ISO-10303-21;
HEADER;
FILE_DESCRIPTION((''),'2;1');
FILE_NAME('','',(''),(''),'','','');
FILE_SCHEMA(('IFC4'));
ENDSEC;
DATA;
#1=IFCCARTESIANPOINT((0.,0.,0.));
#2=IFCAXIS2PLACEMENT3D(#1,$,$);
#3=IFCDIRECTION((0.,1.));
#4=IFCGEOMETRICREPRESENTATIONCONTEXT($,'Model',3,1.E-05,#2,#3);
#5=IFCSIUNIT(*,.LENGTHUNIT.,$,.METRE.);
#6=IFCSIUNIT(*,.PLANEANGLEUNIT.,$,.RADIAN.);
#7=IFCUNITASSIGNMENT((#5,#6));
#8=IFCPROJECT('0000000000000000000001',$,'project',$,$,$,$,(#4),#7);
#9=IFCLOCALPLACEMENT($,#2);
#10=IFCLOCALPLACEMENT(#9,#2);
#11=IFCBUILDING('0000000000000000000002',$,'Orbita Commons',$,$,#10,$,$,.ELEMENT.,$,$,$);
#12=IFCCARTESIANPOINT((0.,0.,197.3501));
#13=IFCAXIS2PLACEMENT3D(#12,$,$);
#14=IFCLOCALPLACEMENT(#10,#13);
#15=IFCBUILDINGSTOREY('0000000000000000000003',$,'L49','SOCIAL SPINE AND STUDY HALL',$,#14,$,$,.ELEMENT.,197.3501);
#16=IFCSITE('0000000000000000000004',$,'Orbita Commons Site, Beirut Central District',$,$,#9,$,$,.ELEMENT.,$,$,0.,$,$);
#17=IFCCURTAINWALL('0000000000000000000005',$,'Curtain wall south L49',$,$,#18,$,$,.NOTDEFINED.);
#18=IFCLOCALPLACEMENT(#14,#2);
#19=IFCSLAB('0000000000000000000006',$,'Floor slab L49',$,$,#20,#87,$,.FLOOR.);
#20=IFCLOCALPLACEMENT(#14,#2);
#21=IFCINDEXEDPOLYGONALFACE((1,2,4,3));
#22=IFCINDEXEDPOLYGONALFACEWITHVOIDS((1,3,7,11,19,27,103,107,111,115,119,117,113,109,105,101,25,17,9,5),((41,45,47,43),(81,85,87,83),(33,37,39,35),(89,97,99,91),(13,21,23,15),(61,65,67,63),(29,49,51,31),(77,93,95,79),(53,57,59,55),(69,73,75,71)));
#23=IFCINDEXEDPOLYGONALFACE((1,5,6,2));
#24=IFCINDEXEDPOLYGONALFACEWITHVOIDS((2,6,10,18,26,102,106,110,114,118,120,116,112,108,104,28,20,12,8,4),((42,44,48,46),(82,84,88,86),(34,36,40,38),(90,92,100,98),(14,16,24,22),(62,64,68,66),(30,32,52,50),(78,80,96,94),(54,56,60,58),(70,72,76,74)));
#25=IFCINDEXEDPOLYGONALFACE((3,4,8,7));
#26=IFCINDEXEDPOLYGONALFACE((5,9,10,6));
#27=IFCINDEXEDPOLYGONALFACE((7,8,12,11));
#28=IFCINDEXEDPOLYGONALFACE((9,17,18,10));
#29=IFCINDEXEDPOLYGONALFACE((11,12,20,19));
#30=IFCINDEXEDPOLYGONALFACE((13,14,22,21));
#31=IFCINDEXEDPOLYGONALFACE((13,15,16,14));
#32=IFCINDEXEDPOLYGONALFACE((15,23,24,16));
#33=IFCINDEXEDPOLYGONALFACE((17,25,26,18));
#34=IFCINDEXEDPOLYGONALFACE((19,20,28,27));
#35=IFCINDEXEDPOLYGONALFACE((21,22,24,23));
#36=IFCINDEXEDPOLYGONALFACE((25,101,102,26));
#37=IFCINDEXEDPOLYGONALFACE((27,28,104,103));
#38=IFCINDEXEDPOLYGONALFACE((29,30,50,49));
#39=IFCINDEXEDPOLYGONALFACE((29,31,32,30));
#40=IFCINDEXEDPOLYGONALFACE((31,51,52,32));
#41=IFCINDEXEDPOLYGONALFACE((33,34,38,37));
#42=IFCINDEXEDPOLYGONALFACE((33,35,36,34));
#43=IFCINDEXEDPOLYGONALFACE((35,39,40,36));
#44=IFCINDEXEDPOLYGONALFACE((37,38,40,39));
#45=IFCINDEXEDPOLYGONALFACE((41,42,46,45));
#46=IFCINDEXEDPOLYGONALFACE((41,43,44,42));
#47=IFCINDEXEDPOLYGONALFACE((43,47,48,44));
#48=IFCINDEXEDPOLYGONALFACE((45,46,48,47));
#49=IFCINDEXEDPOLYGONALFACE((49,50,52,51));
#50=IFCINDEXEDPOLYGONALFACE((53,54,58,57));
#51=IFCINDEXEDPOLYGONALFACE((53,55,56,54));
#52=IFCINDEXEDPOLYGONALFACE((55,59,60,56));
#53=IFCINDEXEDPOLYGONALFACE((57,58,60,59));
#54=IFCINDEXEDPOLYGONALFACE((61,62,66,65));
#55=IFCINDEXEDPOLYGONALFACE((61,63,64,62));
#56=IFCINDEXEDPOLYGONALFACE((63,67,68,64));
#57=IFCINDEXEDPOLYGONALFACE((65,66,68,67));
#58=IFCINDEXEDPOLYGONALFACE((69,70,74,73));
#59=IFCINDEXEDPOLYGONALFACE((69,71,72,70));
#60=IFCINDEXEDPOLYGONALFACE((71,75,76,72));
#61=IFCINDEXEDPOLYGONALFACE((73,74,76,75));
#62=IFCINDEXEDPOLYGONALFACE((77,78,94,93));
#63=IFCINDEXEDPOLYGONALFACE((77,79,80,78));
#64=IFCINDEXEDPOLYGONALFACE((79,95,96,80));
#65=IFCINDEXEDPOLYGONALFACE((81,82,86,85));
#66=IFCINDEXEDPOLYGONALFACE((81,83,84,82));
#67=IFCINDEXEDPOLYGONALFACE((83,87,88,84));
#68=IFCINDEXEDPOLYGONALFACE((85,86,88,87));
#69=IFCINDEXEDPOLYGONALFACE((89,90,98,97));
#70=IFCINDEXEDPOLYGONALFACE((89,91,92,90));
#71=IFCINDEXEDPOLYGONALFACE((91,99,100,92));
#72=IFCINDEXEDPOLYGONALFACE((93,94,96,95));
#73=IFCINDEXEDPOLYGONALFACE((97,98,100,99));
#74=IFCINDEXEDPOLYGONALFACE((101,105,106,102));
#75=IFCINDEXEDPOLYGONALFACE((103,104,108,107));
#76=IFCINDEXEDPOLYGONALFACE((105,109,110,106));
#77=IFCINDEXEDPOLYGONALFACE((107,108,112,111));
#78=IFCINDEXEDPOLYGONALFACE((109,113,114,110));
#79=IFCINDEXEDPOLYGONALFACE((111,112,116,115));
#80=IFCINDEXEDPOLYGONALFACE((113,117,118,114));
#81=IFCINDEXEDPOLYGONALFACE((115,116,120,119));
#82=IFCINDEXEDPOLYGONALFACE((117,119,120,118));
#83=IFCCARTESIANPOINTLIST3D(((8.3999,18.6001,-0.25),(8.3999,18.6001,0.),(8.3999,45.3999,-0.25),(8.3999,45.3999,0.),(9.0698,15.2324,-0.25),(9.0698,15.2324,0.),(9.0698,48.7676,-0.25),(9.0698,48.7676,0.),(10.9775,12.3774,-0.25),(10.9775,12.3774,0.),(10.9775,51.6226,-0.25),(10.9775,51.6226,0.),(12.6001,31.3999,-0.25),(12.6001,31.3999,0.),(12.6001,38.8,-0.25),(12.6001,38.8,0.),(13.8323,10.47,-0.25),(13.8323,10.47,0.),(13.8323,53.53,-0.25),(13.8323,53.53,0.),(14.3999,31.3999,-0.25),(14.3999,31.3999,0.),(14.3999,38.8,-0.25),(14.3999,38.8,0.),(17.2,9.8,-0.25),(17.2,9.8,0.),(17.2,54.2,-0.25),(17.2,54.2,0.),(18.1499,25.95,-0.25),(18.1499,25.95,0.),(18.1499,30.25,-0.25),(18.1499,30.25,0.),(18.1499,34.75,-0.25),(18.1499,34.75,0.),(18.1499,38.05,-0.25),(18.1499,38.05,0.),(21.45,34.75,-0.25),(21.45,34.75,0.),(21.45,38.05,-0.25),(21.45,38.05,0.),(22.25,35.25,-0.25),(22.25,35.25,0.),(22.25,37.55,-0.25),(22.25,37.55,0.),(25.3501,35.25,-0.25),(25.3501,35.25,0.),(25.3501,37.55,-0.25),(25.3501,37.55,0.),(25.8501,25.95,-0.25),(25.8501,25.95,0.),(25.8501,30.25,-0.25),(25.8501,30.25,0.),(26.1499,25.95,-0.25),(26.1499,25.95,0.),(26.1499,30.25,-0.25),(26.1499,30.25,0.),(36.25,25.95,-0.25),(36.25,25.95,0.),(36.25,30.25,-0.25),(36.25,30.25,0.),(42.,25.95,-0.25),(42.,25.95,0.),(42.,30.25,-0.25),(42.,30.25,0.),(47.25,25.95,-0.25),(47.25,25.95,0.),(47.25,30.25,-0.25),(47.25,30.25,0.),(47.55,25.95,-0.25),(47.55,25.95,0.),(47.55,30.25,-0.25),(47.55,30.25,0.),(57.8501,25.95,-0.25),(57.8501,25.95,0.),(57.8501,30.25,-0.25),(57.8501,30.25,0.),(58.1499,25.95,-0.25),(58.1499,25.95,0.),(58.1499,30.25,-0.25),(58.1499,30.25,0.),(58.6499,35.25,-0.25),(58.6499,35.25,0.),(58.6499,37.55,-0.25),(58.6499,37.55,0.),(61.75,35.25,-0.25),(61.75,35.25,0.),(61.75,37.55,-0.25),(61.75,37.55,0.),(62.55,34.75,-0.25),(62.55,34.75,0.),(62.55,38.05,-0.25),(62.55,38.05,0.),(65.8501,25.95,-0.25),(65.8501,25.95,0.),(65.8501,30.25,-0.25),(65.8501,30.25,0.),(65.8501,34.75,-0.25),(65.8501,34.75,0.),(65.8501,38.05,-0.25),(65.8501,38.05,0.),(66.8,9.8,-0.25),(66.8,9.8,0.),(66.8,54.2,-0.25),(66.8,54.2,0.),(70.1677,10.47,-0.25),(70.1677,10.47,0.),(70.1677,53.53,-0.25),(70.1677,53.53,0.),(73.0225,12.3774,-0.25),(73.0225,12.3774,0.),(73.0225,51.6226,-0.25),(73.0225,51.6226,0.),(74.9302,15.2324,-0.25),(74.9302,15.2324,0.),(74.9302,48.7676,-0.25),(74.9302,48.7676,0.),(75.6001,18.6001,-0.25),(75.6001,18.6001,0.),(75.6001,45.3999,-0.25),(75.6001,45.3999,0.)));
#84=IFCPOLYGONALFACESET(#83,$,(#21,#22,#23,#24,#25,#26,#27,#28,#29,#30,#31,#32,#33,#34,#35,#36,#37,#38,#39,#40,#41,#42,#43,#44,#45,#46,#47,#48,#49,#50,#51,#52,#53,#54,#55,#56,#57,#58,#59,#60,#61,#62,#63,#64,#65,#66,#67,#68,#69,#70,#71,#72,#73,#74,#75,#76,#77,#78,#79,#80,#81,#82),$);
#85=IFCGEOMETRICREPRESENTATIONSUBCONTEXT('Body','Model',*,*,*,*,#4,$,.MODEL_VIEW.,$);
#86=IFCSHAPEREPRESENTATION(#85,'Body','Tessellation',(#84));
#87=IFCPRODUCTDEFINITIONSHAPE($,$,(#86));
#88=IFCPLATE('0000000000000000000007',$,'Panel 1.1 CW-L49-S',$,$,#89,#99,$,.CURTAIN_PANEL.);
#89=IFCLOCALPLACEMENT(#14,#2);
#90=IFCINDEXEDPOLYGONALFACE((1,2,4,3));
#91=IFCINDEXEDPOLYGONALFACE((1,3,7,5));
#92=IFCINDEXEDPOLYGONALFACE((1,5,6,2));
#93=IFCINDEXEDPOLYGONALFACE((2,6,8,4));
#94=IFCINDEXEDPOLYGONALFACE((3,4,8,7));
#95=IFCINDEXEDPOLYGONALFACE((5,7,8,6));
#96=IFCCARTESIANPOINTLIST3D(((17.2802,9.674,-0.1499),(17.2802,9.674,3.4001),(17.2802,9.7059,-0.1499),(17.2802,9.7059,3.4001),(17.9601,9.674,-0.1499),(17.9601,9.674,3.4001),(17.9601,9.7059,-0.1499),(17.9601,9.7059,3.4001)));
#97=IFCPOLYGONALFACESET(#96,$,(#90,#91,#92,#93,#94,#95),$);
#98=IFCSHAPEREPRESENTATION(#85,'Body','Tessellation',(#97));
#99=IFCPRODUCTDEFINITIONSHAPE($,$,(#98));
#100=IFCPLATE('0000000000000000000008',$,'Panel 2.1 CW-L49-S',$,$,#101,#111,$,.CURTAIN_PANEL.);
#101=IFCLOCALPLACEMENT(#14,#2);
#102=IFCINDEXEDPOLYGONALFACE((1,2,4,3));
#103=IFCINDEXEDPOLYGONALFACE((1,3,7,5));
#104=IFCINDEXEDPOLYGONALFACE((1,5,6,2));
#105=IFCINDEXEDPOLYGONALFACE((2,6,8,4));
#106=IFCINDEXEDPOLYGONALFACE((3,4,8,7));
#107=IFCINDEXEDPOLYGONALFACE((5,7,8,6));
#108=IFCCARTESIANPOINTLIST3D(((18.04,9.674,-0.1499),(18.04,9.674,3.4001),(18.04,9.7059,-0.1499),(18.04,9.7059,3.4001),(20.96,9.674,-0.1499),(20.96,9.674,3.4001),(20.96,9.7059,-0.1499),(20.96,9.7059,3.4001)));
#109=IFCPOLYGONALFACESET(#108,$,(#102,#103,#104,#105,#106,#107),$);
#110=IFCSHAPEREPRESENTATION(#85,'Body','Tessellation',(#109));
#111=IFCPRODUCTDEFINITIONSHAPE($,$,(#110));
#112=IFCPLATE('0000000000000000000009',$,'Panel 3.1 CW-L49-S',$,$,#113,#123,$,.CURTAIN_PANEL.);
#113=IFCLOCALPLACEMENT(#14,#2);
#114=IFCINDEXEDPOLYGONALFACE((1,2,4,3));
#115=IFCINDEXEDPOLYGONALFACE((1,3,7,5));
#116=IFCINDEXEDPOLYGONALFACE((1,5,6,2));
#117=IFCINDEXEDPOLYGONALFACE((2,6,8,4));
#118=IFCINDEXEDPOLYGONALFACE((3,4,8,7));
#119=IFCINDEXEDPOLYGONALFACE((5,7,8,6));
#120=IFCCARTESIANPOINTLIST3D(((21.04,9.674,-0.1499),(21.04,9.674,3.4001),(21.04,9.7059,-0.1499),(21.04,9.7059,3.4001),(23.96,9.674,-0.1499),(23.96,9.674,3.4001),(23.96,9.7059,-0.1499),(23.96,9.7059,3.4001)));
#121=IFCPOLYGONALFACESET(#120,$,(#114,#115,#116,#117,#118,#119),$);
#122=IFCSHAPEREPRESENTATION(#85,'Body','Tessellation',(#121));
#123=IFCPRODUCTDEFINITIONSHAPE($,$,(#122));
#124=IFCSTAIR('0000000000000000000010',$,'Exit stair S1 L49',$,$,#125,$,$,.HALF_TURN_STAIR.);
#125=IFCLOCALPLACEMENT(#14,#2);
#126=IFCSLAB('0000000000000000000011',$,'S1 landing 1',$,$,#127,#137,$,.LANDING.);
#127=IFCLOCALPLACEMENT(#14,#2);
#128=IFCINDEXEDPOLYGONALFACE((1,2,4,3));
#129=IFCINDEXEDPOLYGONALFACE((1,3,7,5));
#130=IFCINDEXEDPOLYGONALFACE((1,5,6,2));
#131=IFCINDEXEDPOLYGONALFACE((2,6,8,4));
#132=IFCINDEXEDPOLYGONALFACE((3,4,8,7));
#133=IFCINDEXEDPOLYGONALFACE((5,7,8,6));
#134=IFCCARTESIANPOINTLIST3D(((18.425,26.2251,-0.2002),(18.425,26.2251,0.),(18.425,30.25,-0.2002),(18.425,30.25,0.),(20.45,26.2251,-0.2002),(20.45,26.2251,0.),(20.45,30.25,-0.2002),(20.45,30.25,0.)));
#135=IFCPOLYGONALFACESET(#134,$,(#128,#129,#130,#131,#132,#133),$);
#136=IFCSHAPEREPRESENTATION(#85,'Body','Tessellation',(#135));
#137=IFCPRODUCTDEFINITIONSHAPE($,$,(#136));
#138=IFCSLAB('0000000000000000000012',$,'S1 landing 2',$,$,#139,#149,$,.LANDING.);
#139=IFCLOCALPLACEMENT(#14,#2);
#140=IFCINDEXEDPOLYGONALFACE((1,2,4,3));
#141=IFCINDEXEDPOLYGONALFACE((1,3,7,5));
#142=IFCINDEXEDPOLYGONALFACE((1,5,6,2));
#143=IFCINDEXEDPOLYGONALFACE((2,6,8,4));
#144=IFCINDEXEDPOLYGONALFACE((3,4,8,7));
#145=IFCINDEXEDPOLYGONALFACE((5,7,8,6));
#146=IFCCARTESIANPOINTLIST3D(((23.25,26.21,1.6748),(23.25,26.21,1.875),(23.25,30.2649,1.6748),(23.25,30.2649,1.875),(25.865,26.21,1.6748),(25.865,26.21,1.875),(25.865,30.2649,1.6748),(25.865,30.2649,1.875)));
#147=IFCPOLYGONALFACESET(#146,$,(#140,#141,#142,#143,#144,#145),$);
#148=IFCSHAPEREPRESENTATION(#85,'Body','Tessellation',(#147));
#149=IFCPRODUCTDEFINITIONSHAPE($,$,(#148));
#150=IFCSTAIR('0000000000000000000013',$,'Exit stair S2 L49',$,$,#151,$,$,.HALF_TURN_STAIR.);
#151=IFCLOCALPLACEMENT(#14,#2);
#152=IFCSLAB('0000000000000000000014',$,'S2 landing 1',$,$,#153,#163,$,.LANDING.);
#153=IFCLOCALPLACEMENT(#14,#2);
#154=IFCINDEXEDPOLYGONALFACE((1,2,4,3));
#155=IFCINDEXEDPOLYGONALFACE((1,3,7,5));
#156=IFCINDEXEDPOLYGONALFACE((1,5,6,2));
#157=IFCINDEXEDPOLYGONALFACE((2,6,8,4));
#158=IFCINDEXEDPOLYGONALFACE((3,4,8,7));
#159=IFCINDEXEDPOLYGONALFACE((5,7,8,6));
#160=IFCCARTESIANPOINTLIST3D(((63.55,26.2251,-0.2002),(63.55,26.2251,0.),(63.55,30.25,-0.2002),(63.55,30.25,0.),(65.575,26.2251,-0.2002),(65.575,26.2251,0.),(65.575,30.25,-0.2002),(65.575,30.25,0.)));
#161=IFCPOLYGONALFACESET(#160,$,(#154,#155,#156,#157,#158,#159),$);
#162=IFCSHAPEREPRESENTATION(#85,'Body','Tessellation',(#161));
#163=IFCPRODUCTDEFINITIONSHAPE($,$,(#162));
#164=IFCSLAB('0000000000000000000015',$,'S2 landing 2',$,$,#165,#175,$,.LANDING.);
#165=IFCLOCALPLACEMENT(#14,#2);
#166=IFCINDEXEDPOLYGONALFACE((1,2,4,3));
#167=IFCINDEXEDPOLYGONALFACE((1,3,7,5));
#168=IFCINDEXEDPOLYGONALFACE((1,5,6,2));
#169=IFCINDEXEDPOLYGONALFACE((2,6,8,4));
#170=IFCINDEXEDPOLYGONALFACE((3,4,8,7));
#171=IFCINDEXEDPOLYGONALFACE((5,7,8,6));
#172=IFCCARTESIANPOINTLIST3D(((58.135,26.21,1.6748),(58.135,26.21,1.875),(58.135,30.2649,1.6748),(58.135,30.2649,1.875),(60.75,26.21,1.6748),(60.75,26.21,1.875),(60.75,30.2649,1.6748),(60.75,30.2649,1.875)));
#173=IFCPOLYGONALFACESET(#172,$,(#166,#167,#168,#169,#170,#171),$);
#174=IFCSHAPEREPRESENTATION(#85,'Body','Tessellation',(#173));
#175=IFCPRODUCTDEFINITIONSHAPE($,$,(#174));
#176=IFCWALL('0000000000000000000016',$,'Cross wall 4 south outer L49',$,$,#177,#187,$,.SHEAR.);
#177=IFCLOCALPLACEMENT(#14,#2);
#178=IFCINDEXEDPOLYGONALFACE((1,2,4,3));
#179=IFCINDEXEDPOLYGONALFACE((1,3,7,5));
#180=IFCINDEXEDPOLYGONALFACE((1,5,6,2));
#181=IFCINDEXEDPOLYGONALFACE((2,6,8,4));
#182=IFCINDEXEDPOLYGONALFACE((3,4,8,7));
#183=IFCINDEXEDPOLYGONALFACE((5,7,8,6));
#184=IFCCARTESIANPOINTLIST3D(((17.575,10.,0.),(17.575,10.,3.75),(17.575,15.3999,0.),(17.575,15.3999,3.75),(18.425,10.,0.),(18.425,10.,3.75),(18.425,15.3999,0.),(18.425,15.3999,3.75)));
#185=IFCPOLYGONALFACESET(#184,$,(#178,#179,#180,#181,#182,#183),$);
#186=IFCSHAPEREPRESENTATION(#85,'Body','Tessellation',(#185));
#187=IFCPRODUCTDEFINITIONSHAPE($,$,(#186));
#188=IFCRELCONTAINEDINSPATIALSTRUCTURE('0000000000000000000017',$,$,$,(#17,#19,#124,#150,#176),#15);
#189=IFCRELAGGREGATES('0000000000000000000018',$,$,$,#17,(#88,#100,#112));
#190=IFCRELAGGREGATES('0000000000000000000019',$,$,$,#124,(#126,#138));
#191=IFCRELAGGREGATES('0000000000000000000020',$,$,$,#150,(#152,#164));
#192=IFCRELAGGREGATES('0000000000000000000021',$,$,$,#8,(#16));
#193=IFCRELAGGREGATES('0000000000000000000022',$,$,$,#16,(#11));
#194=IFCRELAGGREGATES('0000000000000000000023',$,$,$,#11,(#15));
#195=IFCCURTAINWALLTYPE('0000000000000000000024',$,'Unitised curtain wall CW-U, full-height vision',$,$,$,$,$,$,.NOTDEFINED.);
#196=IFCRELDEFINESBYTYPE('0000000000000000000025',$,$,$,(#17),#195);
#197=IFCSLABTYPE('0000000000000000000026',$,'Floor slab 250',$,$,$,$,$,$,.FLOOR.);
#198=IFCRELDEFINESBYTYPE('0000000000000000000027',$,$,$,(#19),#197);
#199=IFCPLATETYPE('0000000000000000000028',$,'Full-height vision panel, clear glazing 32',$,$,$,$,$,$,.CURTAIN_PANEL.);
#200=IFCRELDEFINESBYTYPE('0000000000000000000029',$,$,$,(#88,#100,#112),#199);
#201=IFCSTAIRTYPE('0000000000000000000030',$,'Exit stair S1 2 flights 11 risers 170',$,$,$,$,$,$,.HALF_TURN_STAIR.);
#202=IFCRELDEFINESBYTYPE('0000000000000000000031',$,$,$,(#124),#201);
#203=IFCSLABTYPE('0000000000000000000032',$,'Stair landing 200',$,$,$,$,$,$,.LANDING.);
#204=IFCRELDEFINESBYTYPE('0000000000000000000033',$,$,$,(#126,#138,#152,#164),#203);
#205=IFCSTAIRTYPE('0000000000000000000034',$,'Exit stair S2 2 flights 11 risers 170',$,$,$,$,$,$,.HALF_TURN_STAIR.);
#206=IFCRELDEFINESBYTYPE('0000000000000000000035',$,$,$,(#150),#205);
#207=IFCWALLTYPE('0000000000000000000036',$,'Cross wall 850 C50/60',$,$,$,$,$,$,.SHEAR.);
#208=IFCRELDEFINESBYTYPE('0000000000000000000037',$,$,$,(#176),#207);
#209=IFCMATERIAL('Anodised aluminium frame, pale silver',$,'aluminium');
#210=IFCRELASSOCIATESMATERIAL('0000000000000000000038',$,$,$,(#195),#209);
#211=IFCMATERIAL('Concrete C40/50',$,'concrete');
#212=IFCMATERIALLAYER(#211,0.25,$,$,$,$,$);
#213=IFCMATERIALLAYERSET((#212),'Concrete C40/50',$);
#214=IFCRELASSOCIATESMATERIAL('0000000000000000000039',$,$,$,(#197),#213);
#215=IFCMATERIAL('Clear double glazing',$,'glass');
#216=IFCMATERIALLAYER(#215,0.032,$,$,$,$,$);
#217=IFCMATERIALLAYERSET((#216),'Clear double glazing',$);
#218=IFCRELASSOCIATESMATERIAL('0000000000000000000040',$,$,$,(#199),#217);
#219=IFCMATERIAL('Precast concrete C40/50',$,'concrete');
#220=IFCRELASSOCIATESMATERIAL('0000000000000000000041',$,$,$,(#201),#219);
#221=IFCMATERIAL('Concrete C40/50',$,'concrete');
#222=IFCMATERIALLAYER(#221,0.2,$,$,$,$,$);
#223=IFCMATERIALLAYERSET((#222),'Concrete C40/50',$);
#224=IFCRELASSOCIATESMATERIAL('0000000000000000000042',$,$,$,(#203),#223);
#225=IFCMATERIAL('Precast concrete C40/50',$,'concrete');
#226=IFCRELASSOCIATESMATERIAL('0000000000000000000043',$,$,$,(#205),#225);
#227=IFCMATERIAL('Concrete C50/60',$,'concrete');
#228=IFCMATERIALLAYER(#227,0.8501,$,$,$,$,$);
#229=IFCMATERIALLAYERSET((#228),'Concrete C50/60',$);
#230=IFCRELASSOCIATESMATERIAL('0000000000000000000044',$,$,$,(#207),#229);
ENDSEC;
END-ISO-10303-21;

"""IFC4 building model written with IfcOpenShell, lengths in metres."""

from ifc_helpers import new_model, si_unit, direction, frame, frame_2d, origin, origin_2d, place, context, subcontext, project, spatial, polyline, rectangle, outline, extrude, material, layer, layer_set, type_object, element, aggregate, save


model = new_model("IFC4")

# Units and contexts
model_context = context("Model", 3, precision=1e-05, world=origin(), true_north=direction((0.0, 1.0)))
body_context = subcontext(model_context, "Body", "Model", "MODEL_VIEW")
ifc_project = project(units=[si_unit("LENGTHUNIT", "METRE"), si_unit("PLANEANGLEUNIT", "RADIAN")], contexts=[model_context])

# Site, building, storey
site_placement = place(None, origin())
site = spatial("IfcSite", under=ifc_project, at=site_placement, Name="Orbita Commons Site, Beirut Central District", CompositionType="ELEMENT", RefElevation=0.0)
building_placement = place(site_placement, origin())
building = spatial("IfcBuilding", under=site, at=building_placement, Name="Orbita Commons", CompositionType="ELEMENT")
storey_placement = place(building_placement, frame((0.0, 0.0, 197.3501)))
storey = spatial("IfcBuildingStorey", under=building, at=storey_placement, Name="L49", Description="SOCIAL SPINE AND STUDY HALL", CompositionType="ELEMENT", Elevation=197.3501)

# Curtain wall
ifc_material_1 = material(Name="Anodised aluminium frame, pale silver", Category="aluminium")
curtain_wall_type = type_object("IfcCurtainWallType", Name="Unitised curtain wall CW-U, full-height vision", PredefinedType="NOTDEFINED", material=ifc_material_1)
curtain_wall_placement = place(storey_placement, origin())
curtain_wall = element("IfcCurtainWall", 1, at=curtain_wall_placement, inside=storey, type_object=curtain_wall_type, Name="Curtain wall south L49", PredefinedType="NOTDEFINED")

# Slab
ifc_material_2 = material(Name="Concrete C40/50", Category="concrete")
ifc_layer_1 = layer(ifc_material_2, 0.25)
ifc_layer_set_1 = layer_set([ifc_layer_1], Name="Concrete C40/50")
slab_type_1 = type_object("IfcSlabType", Name="Floor slab 250", PredefinedType="FLOOR", material=ifc_layer_set_1)
slab_1_placement = place(storey_placement, frame((0.0, 0.0, -0.25)))
element("IfcSlab", 2, at=slab_1_placement, inside=storey, type_object=slab_type_1, Name="Floor slab L49", PredefinedType="FLOOR", context=body_context, shape_type="SweptSolid", body=[
    extrude(outline(polyline([(66.8, 9.8), (70.1677, 10.47), (73.0225, 12.3774), (74.9302, 15.2324), (75.6001, 18.6001), (75.6001, 45.3999), (74.9302, 48.7676), (73.0225, 51.6226), (70.1677, 53.53), (66.8, 54.2), (17.2, 54.2), (13.8323, 53.53), (10.9775, 51.6226), (9.0698, 48.7676), (8.3999, 45.3999), (8.3999, 18.6001), (9.0698, 15.2324), (10.9775, 12.3774), (13.8323, 10.47), (17.2, 9.8), (66.8, 9.8)]), holes=[polyline([(18.1499, 25.95), (25.8501, 25.95), (25.8501, 30.25), (18.1499, 30.25), (18.1499, 25.95)]), polyline([(58.1499, 25.95), (65.8501, 25.95), (65.8501, 30.25), (58.1499, 30.25), (58.1499, 25.95)]), polyline([(18.1499, 34.75), (21.45, 34.75), (21.45, 38.05), (18.1499, 38.05), (18.1499, 34.75)]), polyline([(62.55, 34.75), (65.8501, 34.75), (65.8501, 38.05), (62.55, 38.05), (62.55, 34.75)]), polyline([(22.25, 35.25), (25.3501, 35.25), (25.3501, 37.55), (22.25, 37.55), (22.25, 35.25)]), polyline([(58.6499, 35.25), (61.75, 35.25), (61.75, 37.55), (58.6499, 37.55), (58.6499, 35.25)]), polyline([(26.1499, 25.95), (36.25, 25.95), (36.25, 30.25), (26.1499, 30.25), (26.1499, 25.95)]), polyline([(42.0, 25.95), (47.25, 25.95), (47.25, 30.25), (42.0, 30.25), (42.0, 25.95)]), polyline([(47.55, 25.95), (57.8501, 25.95), (57.8501, 30.25), (47.55, 30.25), (47.55, 25.95)]), polyline([(12.6001, 31.3999), (14.3999, 31.3999), (14.3999, 38.8), (12.6001, 38.8), (12.6001, 31.3999)])]), origin(), (0.0, 0.0, 1.0), 0.25),
])

# Plates
ifc_material_3 = material(Name="Clear double glazing", Category="glass")
ifc_layer_2 = layer(ifc_material_3, 0.032)
ifc_layer_set_2 = layer_set([ifc_layer_2], Name="Clear double glazing")
plate_type = type_object("IfcPlateType", Name="Full-height vision panel, clear glazing 32", PredefinedType="CURTAIN_PANEL", material=ifc_layer_set_2)
plate_1_placement = place(storey_placement, frame((17.6201, 9.6899, -0.1499), z_axis=(0.0, 0.0, 1.0), x_axis=(1.0, 0.0, 0.0)))
plate_1 = element("IfcPlate", 3, at=plate_1_placement, type_object=plate_type, Name="Panel 1.1 CW-L49-S", PredefinedType="CURTAIN_PANEL", context=body_context, shape_type="SweptSolid", body=[
    extrude(rectangle(XDim=0.6799, YDim=0.032, at=origin_2d()), origin(), (0.0, 0.0, 1.0), 3.55),
])
plate_2_placement = place(storey_placement, frame((19.5, 9.6899, -0.1499), z_axis=(0.0, 0.0, 1.0), x_axis=(1.0, 0.0, 0.0)))
plate_2 = element("IfcPlate", 4, at=plate_2_placement, type_object=plate_type, Name="Panel 2.1 CW-L49-S", PredefinedType="CURTAIN_PANEL", context=body_context, shape_type="SweptSolid", body=[
    extrude(rectangle(XDim=2.9199, YDim=0.032, at=origin_2d()), origin(), (0.0, 0.0, 1.0), 3.55),
])
plate_3_placement = place(storey_placement, frame((22.5, 9.6899, -0.1499), z_axis=(0.0, 0.0, 1.0), x_axis=(1.0, 0.0, 0.0)))
plate_3 = element("IfcPlate", 5, at=plate_3_placement, type_object=plate_type, Name="Panel 3.1 CW-L49-S", PredefinedType="CURTAIN_PANEL", context=body_context, shape_type="SweptSolid", body=[
    extrude(rectangle(XDim=2.9199, YDim=0.032, at=origin_2d()), origin(), (0.0, 0.0, 1.0), 3.55),
])
aggregate(curtain_wall, [plate_1, plate_2, plate_3])

# Stairs, slabs
ifc_material_4 = material(Name="Precast concrete C40/50", Category="concrete")
stair_type_1 = type_object("IfcStairType", Name="Exit stair S1 2 flights 11 risers 170", PredefinedType="HALF_TURN_STAIR", material=ifc_material_4)
stair_1_placement = place(storey_placement, origin())
stair_1 = element("IfcStair", 6, at=stair_1_placement, inside=storey, type_object=stair_type_1, Name="Exit stair S1 L49", PredefinedType="HALF_TURN_STAIR")
ifc_material_5 = material(Name="Concrete C40/50", Category="concrete")
ifc_layer_3 = layer(ifc_material_5, 0.2)
ifc_layer_set_3 = layer_set([ifc_layer_3], Name="Concrete C40/50")
slab_type_2 = type_object("IfcSlabType", Name="Stair landing 200", PredefinedType="LANDING", material=ifc_layer_set_3)
slab_2_placement = place(storey_placement, frame((0.0, 0.0, -0.2002)))
slab_2 = element("IfcSlab", 7, at=slab_2_placement, type_object=slab_type_2, Name="S1 landing 1", PredefinedType="LANDING", context=body_context, shape_type="SweptSolid", body=[
    extrude(outline(polyline([(18.425, 26.2251), (20.45, 26.2251), (20.45, 30.25), (18.425, 30.25), (18.425, 26.2251)])), origin(), (0.0, 0.0, 1.0), 0.2002),
])
slab_3_placement = place(storey_placement, frame((0.0, 0.0, 1.6748)))
slab_3 = element("IfcSlab", 8, at=slab_3_placement, type_object=slab_type_2, Name="S1 landing 2", PredefinedType="LANDING", context=body_context, shape_type="SweptSolid", body=[
    extrude(outline(polyline([(23.25, 26.21), (25.865, 26.21), (25.865, 30.2649), (23.25, 30.2649), (23.25, 26.21)])), origin(), (0.0, 0.0, 1.0), 0.2002),
])
aggregate(stair_1, [slab_2, slab_3])
ifc_material_6 = material(Name="Precast concrete C40/50", Category="concrete")
stair_type_2 = type_object("IfcStairType", Name="Exit stair S2 2 flights 11 risers 170", PredefinedType="HALF_TURN_STAIR", material=ifc_material_6)
stair_2_placement = place(storey_placement, origin())
stair_2 = element("IfcStair", 9, at=stair_2_placement, inside=storey, type_object=stair_type_2, Name="Exit stair S2 L49", PredefinedType="HALF_TURN_STAIR")
slab_4_placement = place(storey_placement, frame((0.0, 0.0, -0.2002)))
slab_4 = element("IfcSlab", 10, at=slab_4_placement, type_object=slab_type_2, Name="S2 landing 1", PredefinedType="LANDING", context=body_context, shape_type="SweptSolid", body=[
    extrude(outline(polyline([(63.55, 26.2251), (65.575, 26.2251), (65.575, 30.25), (63.55, 30.25), (63.55, 26.2251)])), origin(), (0.0, 0.0, 1.0), 0.2002),
])
slab_5_placement = place(storey_placement, frame((0.0, 0.0, 1.6748)))
slab_5 = element("IfcSlab", 11, at=slab_5_placement, type_object=slab_type_2, Name="S2 landing 2", PredefinedType="LANDING", context=body_context, shape_type="SweptSolid", body=[
    extrude(outline(polyline([(58.135, 26.21), (60.75, 26.21), (60.75, 30.2649), (58.135, 30.2649), (58.135, 26.21)])), origin(), (0.0, 0.0, 1.0), 0.2002),
])
aggregate(stair_2, [slab_4, slab_5])

# Wall
ifc_material_7 = material(Name="Concrete C50/60", Category="concrete")
ifc_layer_4 = layer(ifc_material_7, 0.8501)
ifc_layer_set_4 = layer_set([ifc_layer_4], Name="Concrete C50/60")
wall_type_1 = type_object("IfcWallType", Name="Cross wall 850 C50/60", PredefinedType="SHEAR", material=ifc_layer_set_4)
for number, where, z_axis, x_axis, name in (
    (12, (18.0, 10.0, 0.0), (0.0, 0.0, 1.0), (0.0, 1.0, 0.0), "Cross wall 4 south outer L49"),
):
    element("IfcWall", number, at=place(storey_placement, frame(where, z_axis=z_axis, x_axis=x_axis)), inside=storey, type_object=wall_type_1, Name=name, PredefinedType="SHEAR", context=body_context, shape_type="SweptSolid", body=[
        extrude(rectangle(XDim=5.3999, YDim=0.8501, at=frame_2d((2.7, 0.0))), origin(), (0.0, 0.0, 1.0), 3.75),
    ])

save(model, "model.ifc")
